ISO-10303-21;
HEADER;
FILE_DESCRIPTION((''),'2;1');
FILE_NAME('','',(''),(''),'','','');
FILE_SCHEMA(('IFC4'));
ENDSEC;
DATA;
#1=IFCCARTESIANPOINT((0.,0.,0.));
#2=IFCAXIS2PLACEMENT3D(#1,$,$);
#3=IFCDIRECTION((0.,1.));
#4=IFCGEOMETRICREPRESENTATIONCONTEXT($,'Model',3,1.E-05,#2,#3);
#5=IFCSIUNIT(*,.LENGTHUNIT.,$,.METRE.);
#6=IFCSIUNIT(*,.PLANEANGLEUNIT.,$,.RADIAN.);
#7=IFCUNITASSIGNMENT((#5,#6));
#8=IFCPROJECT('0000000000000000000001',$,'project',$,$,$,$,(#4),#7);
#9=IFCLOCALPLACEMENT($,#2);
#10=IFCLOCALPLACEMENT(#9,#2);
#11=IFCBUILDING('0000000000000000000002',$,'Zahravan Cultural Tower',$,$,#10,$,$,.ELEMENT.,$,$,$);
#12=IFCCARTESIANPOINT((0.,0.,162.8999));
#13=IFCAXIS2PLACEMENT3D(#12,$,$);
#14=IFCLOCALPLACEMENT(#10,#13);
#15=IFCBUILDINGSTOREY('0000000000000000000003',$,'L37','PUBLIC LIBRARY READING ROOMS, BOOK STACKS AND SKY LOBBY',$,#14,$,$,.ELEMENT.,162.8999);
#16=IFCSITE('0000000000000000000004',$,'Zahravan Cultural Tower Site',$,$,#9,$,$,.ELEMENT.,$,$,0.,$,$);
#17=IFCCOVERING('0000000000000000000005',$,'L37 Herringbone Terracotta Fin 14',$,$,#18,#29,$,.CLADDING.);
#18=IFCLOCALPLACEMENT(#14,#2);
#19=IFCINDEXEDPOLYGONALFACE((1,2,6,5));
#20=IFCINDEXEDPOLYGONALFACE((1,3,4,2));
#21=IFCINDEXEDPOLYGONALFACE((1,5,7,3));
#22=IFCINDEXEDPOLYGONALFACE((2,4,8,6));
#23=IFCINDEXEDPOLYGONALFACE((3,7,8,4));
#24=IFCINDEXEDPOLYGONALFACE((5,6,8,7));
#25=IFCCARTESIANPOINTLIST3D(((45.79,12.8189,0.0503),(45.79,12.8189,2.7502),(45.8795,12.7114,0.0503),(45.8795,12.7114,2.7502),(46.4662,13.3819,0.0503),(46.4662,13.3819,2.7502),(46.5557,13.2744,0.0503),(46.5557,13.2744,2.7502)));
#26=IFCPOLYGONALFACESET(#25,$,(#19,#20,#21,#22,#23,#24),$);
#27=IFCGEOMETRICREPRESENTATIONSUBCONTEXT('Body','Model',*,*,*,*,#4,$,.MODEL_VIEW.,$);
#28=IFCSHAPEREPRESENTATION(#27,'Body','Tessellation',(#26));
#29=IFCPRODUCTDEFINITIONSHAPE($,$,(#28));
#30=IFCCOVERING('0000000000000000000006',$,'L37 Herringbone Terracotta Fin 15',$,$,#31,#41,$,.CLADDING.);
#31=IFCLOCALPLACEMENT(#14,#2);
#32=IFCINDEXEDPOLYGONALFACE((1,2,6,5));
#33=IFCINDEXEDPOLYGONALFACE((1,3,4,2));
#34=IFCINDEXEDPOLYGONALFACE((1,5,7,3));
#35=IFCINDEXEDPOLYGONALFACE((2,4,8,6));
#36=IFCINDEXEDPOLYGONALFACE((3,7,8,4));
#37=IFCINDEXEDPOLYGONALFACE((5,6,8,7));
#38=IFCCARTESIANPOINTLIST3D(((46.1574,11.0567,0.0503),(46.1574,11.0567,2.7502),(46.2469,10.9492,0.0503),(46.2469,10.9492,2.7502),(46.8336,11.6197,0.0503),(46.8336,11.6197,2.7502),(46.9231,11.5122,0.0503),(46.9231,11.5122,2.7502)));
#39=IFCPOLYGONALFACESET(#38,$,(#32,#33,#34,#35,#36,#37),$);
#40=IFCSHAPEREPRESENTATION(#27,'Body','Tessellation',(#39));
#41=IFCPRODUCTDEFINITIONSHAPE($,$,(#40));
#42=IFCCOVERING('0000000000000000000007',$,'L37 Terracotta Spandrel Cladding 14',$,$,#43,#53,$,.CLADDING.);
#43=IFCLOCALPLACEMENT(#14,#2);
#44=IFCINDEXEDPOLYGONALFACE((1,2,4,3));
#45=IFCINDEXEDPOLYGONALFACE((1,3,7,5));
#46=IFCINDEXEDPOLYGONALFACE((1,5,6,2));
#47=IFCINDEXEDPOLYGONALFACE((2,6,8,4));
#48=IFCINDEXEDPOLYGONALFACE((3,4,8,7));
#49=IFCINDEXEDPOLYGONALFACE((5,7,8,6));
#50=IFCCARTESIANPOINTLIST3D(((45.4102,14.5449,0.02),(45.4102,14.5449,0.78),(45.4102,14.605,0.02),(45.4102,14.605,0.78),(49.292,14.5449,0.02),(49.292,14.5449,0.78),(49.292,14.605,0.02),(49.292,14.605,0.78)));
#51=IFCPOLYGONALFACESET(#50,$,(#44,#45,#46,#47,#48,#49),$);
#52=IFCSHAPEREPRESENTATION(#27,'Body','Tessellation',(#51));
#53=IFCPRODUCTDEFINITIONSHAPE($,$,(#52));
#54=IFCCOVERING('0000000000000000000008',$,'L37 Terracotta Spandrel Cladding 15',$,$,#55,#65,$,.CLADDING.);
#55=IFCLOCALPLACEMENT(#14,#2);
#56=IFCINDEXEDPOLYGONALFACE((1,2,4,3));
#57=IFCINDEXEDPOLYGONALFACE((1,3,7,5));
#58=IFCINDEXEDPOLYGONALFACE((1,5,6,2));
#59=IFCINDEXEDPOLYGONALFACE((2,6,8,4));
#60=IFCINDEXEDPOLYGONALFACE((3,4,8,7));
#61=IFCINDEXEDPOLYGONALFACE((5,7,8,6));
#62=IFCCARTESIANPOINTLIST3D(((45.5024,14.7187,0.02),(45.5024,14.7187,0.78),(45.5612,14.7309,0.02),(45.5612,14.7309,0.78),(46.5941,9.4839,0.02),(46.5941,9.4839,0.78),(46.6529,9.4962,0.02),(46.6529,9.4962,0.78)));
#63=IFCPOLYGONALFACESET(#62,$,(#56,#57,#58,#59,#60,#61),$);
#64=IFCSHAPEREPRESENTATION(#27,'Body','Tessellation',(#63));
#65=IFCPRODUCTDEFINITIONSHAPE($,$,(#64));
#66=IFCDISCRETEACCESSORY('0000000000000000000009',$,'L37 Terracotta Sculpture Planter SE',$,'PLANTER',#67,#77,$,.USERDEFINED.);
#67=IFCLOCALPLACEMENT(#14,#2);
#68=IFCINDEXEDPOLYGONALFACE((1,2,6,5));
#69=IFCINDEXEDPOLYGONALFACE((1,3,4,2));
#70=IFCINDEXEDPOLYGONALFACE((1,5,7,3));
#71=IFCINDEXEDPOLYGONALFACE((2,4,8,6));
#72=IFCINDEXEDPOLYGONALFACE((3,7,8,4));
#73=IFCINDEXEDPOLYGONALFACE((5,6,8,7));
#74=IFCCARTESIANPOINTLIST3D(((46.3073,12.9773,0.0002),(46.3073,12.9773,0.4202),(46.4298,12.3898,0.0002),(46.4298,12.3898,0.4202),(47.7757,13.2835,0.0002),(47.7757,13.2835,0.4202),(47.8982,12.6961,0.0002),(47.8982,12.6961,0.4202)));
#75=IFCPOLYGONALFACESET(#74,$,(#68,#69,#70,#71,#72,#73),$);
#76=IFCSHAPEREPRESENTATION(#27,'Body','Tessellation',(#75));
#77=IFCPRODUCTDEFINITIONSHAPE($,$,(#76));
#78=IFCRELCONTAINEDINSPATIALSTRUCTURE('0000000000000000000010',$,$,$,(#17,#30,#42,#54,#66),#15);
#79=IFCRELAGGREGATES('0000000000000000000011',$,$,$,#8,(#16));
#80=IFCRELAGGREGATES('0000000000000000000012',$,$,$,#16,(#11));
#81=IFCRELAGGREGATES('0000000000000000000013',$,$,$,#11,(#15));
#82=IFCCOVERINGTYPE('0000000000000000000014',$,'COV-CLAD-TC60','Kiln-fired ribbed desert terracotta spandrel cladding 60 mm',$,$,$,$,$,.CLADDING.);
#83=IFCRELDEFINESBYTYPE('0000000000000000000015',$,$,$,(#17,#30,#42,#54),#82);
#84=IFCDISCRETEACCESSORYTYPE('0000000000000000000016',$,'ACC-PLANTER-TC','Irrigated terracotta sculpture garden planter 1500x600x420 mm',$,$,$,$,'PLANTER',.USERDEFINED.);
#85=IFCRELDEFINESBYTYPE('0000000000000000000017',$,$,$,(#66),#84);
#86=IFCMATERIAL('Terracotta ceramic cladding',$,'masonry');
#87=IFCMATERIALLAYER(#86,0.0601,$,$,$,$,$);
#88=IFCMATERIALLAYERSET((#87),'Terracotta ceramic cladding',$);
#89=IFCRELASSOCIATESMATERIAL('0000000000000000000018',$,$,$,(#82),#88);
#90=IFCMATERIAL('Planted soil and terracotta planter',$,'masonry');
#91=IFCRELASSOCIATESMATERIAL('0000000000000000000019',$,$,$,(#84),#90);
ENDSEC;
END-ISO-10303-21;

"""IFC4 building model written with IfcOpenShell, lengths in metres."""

from ifc_helpers import new_model, si_unit, direction, frame, origin, origin_2d, place, context, subcontext, project, spatial, rectangle, extrude, source, transform, mapped, material, layer, layer_set, type_object, element, save


model = new_model("IFC4")

# Units and contexts
model_context = context("Model", 3, precision=1e-05, world=origin(), true_north=direction((0.0, 1.0)))
body_context = subcontext(model_context, "Body", "Model", "MODEL_VIEW")
ifc_project = project(units=[si_unit("LENGTHUNIT", "METRE"), si_unit("PLANEANGLEUNIT", "RADIAN")], contexts=[model_context])

# Site, building, storey
site_placement = place(None, origin())
site = spatial("IfcSite", under=ifc_project, at=site_placement, Name="Zahravan Cultural Tower Site", CompositionType="ELEMENT", RefElevation=0.0)
building_placement = place(site_placement, origin())
building = spatial("IfcBuilding", under=site, at=building_placement, Name="Zahravan Cultural Tower", CompositionType="ELEMENT")
storey_placement = place(building_placement, frame((0.0, 0.0, 162.8999)))
storey = spatial("IfcBuildingStorey", under=building, at=storey_placement, Name="L37", Description="PUBLIC LIBRARY READING ROOMS, BOOK STACKS AND SKY LOBBY", CompositionType="ELEMENT", Elevation=162.8999)

# Coverings
ifc_material_1 = material(Name="Terracotta ceramic cladding", Category="masonry")
ifc_layer_1 = layer(ifc_material_1, 0.0601)
ifc_layer_set_1 = layer_set([ifc_layer_1], Name="Terracotta ceramic cladding")
covering_type = type_object("IfcCoveringType", Name="COV-CLAD-TC60", Description="Kiln-fired ribbed desert terracotta spandrel cladding 60 mm", PredefinedType="CLADDING", material=ifc_layer_set_1)
shared_shape_1 = source(origin(), body_context, "Body", "SweptSolid", [
    extrude(rectangle(XDim=0.8799, YDim=0.1399, at=origin_2d()), origin(), (0.0, 0.0, 1.0), 2.7),
])
for number, where, z_axis, x_axis, name in (
    (1, (46.1729, 13.0466, 0.0503), (0.0, 0.0, 1.0), (0.768507, 0.639841, 0.0), "L37 Herringbone Terracotta Fin 14"),
    (2, (46.5403, 11.2844, 0.0503), (0.0, 0.0, 1.0), (0.768507, 0.639841, 0.0), "L37 Herringbone Terracotta Fin 15"),
):
    element("IfcCovering", number, at=place(storey_placement, frame(where, z_axis=z_axis, x_axis=x_axis)), inside=storey, type_object=covering_type, Name=name, PredefinedType="CLADDING", context=body_context, shape_type="MappedRepresentation", body=[
        mapped(shared_shape_1, transform((0.0, 0.0, 0.0), x_axis=(1.0, 0.0, 0.0), y_axis=(0.0, 1.0, 0.0), z_axis=(0.0, 0.0, 1.0), scale=1.0)),
    ])
shared_shape_2 = source(origin(), body_context, "Body", "SweptSolid", [
    extrude(rectangle(XDim=3.8818, YDim=0.0601, at=origin_2d()), origin(), (0.0, 0.0, 1.0), 0.76),
])
covering_1_placement = place(storey_placement, frame((47.3511, 14.575, 0.02), z_axis=(0.0, 0.0, 1.0), x_axis=(-1.0, 0.0, 0.0)))
element("IfcCovering", 3, at=covering_1_placement, inside=storey, type_object=covering_type, Name="L37 Terracotta Spandrel Cladding 14", PredefinedType="CLADDING", context=body_context, shape_type="MappedRepresentation", body=[
    mapped(shared_shape_2, transform((0.0, 0.0, 0.0), x_axis=(1.0, 0.0, 0.0), y_axis=(0.0, 1.0, 0.0), z_axis=(0.0, 0.0, 1.0), scale=1.0)),
])
shared_shape_3 = source(origin(), body_context, "Body", "SweptSolid", [
    extrude(rectangle(XDim=5.3474, YDim=0.0601, at=origin_2d()), origin(), (0.0, 0.0, 1.0), 0.76),
])
covering_2_placement = place(storey_placement, frame((46.0776, 12.1074, 0.02), z_axis=(0.0, 0.0, 1.0), x_axis=(0.204154, -0.978939, 0.0)))
element("IfcCovering", 4, at=covering_2_placement, inside=storey, type_object=covering_type, Name="L37 Terracotta Spandrel Cladding 15", PredefinedType="CLADDING", context=body_context, shape_type="MappedRepresentation", body=[
    mapped(shared_shape_3, transform((0.0, 0.0, 0.0), x_axis=(1.0, 0.0, 0.0), y_axis=(0.0, 1.0, 0.0), z_axis=(0.0, 0.0, 1.0), scale=1.0)),
])

# Discrete accessory
ifc_material_2 = material(Name="Planted soil and terracotta planter", Category="masonry")
discrete_accessory_type = type_object("IfcDiscreteAccessoryType", Name="ACC-PLANTER-TC", Description="Irrigated terracotta sculpture garden planter 1500x600x420 mm", ElementType="PLANTER", PredefinedType="USERDEFINED", material=ifc_material_2)
shared_shape_4 = source(origin(), body_context, "Body", "SweptSolid", [
    extrude(rectangle(XDim=1.5, YDim=0.6001, at=origin_2d()), origin(), (0.0, 0.0, 1.0), 0.4199),
])
discrete_accessory_placement = place(storey_placement, frame((47.1028, 12.8367, 0.0002), z_axis=(0.0, 0.0, 1.0), x_axis=(0.978939, 0.204154, 0.0)))
element("IfcDiscreteAccessory", 5, at=discrete_accessory_placement, inside=storey, type_object=discrete_accessory_type, Name="L37 Terracotta Sculpture Planter SE", ObjectType="PLANTER", PredefinedType="USERDEFINED", context=body_context, shape_type="MappedRepresentation", body=[
    mapped(shared_shape_4, transform((0.0, 0.0, 0.0), x_axis=(1.0, 0.0, 0.0), y_axis=(0.0, 1.0, 0.0), z_axis=(0.0, 0.0, 1.0), scale=1.0)),
])

save(model, "model.ifc")
